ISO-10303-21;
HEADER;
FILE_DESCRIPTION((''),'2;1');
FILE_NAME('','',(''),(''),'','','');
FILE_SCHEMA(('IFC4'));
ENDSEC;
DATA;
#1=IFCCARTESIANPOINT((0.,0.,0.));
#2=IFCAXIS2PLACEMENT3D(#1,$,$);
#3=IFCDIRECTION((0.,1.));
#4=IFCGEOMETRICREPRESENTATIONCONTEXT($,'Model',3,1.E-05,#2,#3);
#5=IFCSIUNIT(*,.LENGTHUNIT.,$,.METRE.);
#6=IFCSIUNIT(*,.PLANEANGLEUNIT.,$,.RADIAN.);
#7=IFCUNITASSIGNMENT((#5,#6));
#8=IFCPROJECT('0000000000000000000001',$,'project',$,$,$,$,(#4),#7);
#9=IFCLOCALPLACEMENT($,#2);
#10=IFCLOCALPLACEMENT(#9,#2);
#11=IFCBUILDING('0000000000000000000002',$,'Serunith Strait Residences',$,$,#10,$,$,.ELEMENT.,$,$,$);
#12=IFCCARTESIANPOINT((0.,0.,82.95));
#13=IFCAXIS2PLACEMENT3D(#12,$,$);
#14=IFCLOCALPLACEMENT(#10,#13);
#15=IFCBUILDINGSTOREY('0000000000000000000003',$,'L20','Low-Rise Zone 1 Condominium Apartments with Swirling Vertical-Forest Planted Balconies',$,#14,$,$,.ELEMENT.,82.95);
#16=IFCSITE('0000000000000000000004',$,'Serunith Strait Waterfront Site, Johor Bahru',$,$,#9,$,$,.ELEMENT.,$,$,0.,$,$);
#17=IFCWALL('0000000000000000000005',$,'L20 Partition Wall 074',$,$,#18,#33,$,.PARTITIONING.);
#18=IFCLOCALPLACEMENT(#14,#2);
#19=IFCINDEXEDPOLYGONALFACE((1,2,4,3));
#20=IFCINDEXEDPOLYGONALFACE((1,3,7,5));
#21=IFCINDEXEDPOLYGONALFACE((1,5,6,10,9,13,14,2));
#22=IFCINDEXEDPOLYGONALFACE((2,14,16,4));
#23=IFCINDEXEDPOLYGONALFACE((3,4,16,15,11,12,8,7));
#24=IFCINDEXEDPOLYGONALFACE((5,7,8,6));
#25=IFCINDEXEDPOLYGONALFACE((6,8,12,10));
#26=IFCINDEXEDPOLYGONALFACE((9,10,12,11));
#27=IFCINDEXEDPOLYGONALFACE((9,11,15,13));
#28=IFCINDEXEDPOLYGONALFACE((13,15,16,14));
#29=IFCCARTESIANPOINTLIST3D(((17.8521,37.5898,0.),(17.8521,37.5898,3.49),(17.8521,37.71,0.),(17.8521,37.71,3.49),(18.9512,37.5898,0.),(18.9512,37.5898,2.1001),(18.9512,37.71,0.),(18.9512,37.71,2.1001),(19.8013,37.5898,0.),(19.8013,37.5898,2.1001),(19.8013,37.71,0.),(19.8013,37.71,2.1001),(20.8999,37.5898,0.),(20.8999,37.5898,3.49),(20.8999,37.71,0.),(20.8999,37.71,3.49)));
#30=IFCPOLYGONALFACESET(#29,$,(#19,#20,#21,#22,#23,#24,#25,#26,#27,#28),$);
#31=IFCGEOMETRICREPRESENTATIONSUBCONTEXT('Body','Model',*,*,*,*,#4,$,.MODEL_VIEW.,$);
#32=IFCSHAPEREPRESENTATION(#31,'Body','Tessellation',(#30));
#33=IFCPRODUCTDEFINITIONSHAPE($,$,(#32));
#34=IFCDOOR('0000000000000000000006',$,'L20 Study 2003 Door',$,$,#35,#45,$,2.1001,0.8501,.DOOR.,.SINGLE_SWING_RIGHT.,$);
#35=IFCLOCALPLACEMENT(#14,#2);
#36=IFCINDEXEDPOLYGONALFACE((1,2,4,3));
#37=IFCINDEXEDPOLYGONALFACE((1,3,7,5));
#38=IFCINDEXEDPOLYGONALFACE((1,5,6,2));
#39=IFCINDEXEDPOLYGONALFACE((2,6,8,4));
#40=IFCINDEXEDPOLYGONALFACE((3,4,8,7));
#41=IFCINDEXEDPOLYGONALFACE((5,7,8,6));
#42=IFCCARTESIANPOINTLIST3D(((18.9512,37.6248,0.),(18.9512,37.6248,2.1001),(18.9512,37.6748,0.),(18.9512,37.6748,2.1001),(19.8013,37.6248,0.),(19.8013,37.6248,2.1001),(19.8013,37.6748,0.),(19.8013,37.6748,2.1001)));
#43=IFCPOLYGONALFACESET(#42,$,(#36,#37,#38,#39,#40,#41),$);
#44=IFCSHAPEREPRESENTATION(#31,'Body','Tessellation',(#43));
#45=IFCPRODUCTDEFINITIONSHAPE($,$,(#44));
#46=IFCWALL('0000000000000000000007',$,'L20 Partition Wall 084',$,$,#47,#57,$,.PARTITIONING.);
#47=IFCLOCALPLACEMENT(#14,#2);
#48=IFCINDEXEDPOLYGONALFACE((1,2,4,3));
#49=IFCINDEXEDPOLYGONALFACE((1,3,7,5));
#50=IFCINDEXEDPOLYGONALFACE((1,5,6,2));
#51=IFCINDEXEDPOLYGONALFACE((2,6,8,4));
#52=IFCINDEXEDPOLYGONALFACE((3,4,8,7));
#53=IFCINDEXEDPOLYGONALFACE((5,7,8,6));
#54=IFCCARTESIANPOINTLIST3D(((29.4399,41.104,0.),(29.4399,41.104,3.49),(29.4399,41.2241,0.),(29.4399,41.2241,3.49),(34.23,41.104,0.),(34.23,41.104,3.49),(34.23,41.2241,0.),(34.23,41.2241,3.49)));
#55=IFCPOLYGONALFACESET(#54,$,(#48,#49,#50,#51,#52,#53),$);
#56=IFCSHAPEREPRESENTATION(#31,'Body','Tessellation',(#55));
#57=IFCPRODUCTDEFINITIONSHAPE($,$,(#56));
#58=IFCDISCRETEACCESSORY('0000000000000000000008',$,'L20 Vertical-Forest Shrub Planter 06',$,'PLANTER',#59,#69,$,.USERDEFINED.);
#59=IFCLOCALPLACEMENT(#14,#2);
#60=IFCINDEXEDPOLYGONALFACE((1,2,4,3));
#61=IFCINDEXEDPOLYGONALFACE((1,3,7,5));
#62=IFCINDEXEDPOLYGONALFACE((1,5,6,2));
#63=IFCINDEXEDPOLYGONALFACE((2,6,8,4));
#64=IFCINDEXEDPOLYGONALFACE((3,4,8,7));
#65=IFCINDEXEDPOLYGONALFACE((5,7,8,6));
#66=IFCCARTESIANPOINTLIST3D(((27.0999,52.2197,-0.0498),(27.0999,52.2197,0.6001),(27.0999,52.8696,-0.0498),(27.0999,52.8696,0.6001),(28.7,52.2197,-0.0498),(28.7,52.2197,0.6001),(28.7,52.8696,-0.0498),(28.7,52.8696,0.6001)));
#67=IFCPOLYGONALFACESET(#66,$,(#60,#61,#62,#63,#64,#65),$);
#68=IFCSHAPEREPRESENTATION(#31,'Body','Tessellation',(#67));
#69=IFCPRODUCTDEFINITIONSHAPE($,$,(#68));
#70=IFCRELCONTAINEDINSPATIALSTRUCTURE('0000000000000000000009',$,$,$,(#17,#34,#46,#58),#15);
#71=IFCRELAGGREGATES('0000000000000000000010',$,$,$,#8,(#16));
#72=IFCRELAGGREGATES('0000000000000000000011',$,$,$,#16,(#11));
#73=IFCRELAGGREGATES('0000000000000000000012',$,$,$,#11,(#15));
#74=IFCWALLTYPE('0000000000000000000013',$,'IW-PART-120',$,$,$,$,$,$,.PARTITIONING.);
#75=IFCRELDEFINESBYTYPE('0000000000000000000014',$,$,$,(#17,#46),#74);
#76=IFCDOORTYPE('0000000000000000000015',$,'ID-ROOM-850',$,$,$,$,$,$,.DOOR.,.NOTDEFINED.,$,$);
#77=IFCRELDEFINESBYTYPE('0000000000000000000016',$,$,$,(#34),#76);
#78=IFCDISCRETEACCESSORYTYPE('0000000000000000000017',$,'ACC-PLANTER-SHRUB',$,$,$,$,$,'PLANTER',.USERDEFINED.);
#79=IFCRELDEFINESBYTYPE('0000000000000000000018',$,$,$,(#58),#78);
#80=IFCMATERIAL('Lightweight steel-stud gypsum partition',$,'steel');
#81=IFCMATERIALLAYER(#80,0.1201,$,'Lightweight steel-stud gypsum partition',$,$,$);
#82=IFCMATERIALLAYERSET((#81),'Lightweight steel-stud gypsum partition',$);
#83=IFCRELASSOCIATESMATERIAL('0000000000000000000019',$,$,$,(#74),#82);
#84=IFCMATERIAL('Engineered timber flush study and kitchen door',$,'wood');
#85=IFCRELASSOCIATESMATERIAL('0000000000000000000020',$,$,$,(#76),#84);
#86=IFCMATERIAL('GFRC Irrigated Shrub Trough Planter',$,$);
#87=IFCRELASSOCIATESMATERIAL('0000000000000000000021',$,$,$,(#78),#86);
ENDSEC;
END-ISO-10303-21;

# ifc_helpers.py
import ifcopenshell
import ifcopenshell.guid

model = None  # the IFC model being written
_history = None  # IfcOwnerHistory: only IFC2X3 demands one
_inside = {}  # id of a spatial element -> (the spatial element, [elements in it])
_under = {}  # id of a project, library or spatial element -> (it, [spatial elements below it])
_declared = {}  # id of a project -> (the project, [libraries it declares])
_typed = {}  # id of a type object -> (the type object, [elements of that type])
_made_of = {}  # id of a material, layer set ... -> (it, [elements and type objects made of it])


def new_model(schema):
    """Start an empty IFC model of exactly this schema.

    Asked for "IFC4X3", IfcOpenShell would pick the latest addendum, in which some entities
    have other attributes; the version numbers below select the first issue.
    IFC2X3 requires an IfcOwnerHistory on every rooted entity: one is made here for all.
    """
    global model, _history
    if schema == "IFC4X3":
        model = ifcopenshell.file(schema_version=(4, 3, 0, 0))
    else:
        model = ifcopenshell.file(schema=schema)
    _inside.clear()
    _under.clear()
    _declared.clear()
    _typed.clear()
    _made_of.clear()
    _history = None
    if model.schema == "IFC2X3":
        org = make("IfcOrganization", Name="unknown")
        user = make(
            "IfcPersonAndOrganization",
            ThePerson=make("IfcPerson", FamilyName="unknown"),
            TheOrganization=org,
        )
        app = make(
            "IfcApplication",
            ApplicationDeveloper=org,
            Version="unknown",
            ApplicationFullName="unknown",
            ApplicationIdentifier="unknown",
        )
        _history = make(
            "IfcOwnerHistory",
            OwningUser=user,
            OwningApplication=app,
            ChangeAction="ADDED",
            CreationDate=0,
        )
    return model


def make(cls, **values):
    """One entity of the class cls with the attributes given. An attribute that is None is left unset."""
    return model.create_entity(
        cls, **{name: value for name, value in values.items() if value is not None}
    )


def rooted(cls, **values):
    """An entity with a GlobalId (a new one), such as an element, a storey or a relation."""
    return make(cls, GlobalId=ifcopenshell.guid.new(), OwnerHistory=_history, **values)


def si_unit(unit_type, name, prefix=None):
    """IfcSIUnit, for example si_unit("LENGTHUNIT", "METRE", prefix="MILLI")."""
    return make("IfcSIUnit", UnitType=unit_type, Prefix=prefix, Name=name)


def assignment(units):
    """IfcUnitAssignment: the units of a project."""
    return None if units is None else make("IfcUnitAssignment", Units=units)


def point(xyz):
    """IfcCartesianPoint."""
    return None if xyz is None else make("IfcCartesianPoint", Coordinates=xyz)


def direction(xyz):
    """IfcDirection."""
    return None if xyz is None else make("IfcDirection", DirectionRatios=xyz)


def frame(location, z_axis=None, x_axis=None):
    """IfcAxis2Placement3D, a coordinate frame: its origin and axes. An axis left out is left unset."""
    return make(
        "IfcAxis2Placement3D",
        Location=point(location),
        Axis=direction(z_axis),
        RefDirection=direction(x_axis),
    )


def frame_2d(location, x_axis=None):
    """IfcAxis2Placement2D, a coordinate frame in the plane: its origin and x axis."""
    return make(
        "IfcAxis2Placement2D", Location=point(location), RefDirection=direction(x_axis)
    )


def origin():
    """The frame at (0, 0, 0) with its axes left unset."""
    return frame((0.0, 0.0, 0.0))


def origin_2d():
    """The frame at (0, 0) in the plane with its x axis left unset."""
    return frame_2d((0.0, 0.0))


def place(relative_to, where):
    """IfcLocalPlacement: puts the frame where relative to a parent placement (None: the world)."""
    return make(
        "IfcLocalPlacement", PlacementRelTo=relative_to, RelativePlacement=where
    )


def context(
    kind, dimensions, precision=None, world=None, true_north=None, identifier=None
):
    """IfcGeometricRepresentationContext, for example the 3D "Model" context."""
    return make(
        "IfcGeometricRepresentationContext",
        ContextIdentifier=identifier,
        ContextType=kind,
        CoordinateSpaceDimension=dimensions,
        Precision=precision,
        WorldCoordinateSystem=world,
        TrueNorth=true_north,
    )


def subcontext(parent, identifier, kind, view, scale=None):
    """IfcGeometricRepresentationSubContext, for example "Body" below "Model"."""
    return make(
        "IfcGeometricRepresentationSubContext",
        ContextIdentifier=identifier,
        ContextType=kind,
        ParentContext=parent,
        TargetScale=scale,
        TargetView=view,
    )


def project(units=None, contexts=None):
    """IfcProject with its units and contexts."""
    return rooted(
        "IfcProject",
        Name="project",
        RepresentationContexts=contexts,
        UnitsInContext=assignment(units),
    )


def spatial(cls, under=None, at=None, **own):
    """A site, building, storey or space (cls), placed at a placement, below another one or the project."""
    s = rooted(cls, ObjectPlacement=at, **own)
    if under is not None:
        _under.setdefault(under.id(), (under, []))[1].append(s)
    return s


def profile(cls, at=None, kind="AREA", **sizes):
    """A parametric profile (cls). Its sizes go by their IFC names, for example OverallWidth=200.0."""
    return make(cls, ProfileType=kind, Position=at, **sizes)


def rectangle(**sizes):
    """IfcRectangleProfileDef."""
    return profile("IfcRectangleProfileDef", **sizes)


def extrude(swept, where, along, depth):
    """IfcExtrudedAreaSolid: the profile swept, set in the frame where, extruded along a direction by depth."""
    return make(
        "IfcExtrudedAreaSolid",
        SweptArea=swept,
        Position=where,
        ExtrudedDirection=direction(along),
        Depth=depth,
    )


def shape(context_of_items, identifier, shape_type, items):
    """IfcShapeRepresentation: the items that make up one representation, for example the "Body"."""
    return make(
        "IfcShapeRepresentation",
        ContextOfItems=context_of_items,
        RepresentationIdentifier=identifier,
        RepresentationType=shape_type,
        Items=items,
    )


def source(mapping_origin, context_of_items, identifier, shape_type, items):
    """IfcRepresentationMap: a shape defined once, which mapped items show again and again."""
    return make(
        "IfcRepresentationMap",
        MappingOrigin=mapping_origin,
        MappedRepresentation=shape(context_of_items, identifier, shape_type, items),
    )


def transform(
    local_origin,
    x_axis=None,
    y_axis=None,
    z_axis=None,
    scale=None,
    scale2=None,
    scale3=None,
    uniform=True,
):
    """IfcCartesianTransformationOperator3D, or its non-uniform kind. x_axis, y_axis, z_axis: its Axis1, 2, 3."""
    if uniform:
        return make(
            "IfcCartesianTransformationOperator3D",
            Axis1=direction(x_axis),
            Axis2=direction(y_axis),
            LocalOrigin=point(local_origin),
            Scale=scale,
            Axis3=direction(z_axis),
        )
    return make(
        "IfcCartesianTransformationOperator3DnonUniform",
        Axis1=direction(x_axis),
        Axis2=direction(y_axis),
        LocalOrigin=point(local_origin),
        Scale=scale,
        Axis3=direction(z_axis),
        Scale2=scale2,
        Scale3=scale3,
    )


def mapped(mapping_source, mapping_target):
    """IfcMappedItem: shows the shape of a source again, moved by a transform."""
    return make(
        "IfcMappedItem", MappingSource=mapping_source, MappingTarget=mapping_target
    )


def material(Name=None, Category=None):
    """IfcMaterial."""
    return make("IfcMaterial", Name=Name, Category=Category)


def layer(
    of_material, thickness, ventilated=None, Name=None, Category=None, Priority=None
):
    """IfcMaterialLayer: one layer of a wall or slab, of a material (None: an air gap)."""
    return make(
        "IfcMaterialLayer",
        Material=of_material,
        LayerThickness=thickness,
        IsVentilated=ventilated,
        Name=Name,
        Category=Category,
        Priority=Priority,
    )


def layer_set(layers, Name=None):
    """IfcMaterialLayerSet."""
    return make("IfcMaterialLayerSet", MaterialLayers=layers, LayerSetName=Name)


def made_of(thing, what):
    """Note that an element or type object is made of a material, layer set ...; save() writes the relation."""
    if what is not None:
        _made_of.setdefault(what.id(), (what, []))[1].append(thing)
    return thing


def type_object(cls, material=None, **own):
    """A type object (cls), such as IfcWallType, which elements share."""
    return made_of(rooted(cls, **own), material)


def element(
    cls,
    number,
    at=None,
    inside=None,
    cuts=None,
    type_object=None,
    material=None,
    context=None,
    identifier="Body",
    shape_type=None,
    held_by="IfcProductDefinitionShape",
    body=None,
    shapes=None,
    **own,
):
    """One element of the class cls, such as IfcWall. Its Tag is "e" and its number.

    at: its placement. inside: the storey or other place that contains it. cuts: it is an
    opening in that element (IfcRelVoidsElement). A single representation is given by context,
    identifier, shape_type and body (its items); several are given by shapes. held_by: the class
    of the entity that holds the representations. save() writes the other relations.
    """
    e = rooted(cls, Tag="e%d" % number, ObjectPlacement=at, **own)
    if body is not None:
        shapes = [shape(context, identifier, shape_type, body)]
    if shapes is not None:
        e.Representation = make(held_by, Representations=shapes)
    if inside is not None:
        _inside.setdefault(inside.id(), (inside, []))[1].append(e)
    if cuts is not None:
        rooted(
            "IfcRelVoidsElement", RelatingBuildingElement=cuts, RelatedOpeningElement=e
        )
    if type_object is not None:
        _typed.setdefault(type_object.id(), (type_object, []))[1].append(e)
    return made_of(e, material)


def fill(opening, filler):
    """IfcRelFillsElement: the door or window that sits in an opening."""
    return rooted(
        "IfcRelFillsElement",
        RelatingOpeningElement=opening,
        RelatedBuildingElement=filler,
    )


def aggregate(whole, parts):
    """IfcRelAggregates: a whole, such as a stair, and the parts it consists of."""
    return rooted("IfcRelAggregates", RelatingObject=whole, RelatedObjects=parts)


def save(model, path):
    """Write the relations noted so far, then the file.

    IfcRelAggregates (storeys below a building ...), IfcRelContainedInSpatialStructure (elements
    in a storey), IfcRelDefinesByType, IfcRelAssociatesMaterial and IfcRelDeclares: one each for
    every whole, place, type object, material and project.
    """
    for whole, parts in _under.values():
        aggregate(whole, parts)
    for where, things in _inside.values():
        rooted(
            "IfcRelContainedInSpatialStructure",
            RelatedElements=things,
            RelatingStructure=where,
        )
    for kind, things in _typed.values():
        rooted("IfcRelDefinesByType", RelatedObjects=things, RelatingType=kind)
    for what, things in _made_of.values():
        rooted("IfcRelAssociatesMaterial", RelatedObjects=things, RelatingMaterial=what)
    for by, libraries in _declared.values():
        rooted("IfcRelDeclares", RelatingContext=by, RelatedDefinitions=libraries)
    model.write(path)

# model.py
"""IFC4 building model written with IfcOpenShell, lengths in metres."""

from ifc_helpers import new_model, si_unit, direction, frame, frame_2d, origin, origin_2d, place, context, subcontext, project, spatial, rectangle, extrude, source, transform, mapped, material, layer, layer_set, type_object, element, fill, save


model = new_model("IFC4")

# Units and contexts
model_context = context("Model", 3, precision=1e-05, world=origin(), true_north=direction((0.0, 1.0)))
body_context = subcontext(model_context, "Body", "Model", "MODEL_VIEW")
ifc_project = project(units=[si_unit("LENGTHUNIT", "METRE"), si_unit("PLANEANGLEUNIT", "RADIAN")], contexts=[model_context])

# Site, building, storey
site_placement = place(None, origin())
site = spatial("IfcSite", under=ifc_project, at=site_placement, Name="Serunith Strait Waterfront Site, Johor Bahru", CompositionType="ELEMENT", RefElevation=0.0)
building_placement = place(site_placement, origin())
building = spatial("IfcBuilding", under=site, at=building_placement, Name="Serunith Strait Residences", CompositionType="ELEMENT")
storey_placement = place(building_placement, frame((0.0, 0.0, 82.95)))
storey = spatial("IfcBuildingStorey", under=building, at=storey_placement, Name="L20", Description="Low-Rise Zone 1 Condominium Apartments with Swirling Vertical-Forest Planted Balconies", CompositionType="ELEMENT", Elevation=82.95)

# Shared definitions
ifc_material_1 = material(Name="Lightweight steel-stud gypsum partition", Category="steel")
ifc_layer_1 = layer(ifc_material_1, 0.1201, Name="Lightweight steel-stud gypsum partition")
ifc_layer_set_1 = layer_set([ifc_layer_1], Name="Lightweight steel-stud gypsum partition")
wall_type = type_object("IfcWallType", Name="IW-PART-120", PredefinedType="PARTITIONING", material=ifc_layer_set_1)
ifc_material_2 = material(Name="Engineered timber flush study and kitchen door", Category="wood")
door_type_1 = type_object("IfcDoorType", Name="ID-ROOM-850", OperationType="NOTDEFINED", PredefinedType="DOOR", material=ifc_material_2)
shared_shape_1 = source(origin(), body_context, "Body", "SweptSolid", [
    extrude(rectangle(XDim=0.8501, YDim=2.1001, at=frame_2d((0.425, 1.05))), frame((0.0, 0.0249, 0.0), z_axis=(0.0, -1.0, 0.0), x_axis=(1.0, 0.0, 0.0)), (0.0, 0.0, 1.0), 0.05),
])

# Wall, opening, door
wall_1_placement = place(storey_placement, frame((17.8521, 37.6499, 0.0), z_axis=(0.0, 0.0, 1.0), x_axis=(1.0, 0.0, 0.0)))
wall_1 = element("IfcWall", 1, at=wall_1_placement, inside=storey, type_object=wall_type, Name="L20 Partition Wall 074", PredefinedType="PARTITIONING", context=body_context, shape_type="SweptSolid", body=[
    extrude(rectangle(XDim=3.0479, YDim=0.1201, at=frame_2d((1.5239, 0.0))), origin(), (0.0, 0.0, 1.0), 3.49),
])
opening_1_placement = place(wall_1_placement, frame((1.0991, 0.0, 0.0)))
opening_1 = element("IfcOpeningElement", 2, at=opening_1_placement, cuts=wall_1, PredefinedType="OPENING", context=body_context, shape_type="SweptSolid", body=[
    extrude(rectangle(XDim=0.8501, YDim=2.1001, at=frame_2d((0.425, 1.05))), frame((0.0, 0.0701, 0.0), z_axis=(0.0, -1.0, 0.0), x_axis=(1.0, 0.0, 0.0)), (0.0, 0.0, 1.0), 0.1401),
])
door_1_placement = place(opening_1_placement, origin())
door_1 = element("IfcDoor", 3, at=door_1_placement, inside=storey, type_object=door_type_1, Name="L20 Study 2003 Door", OperationType="SINGLE_SWING_RIGHT", OverallHeight=2.1001, OverallWidth=0.8501, PredefinedType="DOOR", context=body_context, shape_type="MappedRepresentation", body=[
    mapped(shared_shape_1, transform((0.0, 0.0, 0.0), scale=1.0)),
])
fill(opening_1, door_1)

# Wall
wall_2_placement = place(storey_placement, frame((29.4399, 41.1641, 0.0), z_axis=(0.0, 0.0, 1.0), x_axis=(1.0, 0.0, 0.0)))
element("IfcWall", 4, at=wall_2_placement, inside=storey, type_object=wall_type, Name="L20 Partition Wall 084", PredefinedType="PARTITIONING", context=body_context, shape_type="SweptSolid", body=[
    extrude(rectangle(XDim=4.79, YDim=0.1201, at=frame_2d((2.395, 0.0))), origin(), (0.0, 0.0, 1.0), 3.49),
])

# Discrete accessory
ifc_material_3 = material(Name="GFRC Irrigated Shrub Trough Planter")
discrete_accessory_type = type_object("IfcDiscreteAccessoryType", Name="ACC-PLANTER-SHRUB", ElementType="PLANTER", PredefinedType="USERDEFINED", material=ifc_material_3)
shared_shape_2 = source(origin(), body_context, "Body", "SweptSolid", [
    extrude(rectangle(XDim=1.6001, YDim=0.6499, at=origin_2d()), origin(), (0.0, 0.0, 1.0), 0.6499),
])
discrete_accessory_placement = place(storey_placement, frame((27.8999, 52.5447, -0.0498), z_axis=(0.0, 0.0, 1.0), x_axis=(-1.0, 0.0, 0.0)))
element("IfcDiscreteAccessory", 5, at=discrete_accessory_placement, inside=storey, type_object=discrete_accessory_type, Name="L20 Vertical-Forest Shrub Planter 06", ObjectType="PLANTER", PredefinedType="USERDEFINED", context=body_context, shape_type="MappedRepresentation", body=[
    mapped(shared_shape_2, transform((0.0, 0.0, 0.0), scale=1.0)),
])

save(model, "model.ifc")
